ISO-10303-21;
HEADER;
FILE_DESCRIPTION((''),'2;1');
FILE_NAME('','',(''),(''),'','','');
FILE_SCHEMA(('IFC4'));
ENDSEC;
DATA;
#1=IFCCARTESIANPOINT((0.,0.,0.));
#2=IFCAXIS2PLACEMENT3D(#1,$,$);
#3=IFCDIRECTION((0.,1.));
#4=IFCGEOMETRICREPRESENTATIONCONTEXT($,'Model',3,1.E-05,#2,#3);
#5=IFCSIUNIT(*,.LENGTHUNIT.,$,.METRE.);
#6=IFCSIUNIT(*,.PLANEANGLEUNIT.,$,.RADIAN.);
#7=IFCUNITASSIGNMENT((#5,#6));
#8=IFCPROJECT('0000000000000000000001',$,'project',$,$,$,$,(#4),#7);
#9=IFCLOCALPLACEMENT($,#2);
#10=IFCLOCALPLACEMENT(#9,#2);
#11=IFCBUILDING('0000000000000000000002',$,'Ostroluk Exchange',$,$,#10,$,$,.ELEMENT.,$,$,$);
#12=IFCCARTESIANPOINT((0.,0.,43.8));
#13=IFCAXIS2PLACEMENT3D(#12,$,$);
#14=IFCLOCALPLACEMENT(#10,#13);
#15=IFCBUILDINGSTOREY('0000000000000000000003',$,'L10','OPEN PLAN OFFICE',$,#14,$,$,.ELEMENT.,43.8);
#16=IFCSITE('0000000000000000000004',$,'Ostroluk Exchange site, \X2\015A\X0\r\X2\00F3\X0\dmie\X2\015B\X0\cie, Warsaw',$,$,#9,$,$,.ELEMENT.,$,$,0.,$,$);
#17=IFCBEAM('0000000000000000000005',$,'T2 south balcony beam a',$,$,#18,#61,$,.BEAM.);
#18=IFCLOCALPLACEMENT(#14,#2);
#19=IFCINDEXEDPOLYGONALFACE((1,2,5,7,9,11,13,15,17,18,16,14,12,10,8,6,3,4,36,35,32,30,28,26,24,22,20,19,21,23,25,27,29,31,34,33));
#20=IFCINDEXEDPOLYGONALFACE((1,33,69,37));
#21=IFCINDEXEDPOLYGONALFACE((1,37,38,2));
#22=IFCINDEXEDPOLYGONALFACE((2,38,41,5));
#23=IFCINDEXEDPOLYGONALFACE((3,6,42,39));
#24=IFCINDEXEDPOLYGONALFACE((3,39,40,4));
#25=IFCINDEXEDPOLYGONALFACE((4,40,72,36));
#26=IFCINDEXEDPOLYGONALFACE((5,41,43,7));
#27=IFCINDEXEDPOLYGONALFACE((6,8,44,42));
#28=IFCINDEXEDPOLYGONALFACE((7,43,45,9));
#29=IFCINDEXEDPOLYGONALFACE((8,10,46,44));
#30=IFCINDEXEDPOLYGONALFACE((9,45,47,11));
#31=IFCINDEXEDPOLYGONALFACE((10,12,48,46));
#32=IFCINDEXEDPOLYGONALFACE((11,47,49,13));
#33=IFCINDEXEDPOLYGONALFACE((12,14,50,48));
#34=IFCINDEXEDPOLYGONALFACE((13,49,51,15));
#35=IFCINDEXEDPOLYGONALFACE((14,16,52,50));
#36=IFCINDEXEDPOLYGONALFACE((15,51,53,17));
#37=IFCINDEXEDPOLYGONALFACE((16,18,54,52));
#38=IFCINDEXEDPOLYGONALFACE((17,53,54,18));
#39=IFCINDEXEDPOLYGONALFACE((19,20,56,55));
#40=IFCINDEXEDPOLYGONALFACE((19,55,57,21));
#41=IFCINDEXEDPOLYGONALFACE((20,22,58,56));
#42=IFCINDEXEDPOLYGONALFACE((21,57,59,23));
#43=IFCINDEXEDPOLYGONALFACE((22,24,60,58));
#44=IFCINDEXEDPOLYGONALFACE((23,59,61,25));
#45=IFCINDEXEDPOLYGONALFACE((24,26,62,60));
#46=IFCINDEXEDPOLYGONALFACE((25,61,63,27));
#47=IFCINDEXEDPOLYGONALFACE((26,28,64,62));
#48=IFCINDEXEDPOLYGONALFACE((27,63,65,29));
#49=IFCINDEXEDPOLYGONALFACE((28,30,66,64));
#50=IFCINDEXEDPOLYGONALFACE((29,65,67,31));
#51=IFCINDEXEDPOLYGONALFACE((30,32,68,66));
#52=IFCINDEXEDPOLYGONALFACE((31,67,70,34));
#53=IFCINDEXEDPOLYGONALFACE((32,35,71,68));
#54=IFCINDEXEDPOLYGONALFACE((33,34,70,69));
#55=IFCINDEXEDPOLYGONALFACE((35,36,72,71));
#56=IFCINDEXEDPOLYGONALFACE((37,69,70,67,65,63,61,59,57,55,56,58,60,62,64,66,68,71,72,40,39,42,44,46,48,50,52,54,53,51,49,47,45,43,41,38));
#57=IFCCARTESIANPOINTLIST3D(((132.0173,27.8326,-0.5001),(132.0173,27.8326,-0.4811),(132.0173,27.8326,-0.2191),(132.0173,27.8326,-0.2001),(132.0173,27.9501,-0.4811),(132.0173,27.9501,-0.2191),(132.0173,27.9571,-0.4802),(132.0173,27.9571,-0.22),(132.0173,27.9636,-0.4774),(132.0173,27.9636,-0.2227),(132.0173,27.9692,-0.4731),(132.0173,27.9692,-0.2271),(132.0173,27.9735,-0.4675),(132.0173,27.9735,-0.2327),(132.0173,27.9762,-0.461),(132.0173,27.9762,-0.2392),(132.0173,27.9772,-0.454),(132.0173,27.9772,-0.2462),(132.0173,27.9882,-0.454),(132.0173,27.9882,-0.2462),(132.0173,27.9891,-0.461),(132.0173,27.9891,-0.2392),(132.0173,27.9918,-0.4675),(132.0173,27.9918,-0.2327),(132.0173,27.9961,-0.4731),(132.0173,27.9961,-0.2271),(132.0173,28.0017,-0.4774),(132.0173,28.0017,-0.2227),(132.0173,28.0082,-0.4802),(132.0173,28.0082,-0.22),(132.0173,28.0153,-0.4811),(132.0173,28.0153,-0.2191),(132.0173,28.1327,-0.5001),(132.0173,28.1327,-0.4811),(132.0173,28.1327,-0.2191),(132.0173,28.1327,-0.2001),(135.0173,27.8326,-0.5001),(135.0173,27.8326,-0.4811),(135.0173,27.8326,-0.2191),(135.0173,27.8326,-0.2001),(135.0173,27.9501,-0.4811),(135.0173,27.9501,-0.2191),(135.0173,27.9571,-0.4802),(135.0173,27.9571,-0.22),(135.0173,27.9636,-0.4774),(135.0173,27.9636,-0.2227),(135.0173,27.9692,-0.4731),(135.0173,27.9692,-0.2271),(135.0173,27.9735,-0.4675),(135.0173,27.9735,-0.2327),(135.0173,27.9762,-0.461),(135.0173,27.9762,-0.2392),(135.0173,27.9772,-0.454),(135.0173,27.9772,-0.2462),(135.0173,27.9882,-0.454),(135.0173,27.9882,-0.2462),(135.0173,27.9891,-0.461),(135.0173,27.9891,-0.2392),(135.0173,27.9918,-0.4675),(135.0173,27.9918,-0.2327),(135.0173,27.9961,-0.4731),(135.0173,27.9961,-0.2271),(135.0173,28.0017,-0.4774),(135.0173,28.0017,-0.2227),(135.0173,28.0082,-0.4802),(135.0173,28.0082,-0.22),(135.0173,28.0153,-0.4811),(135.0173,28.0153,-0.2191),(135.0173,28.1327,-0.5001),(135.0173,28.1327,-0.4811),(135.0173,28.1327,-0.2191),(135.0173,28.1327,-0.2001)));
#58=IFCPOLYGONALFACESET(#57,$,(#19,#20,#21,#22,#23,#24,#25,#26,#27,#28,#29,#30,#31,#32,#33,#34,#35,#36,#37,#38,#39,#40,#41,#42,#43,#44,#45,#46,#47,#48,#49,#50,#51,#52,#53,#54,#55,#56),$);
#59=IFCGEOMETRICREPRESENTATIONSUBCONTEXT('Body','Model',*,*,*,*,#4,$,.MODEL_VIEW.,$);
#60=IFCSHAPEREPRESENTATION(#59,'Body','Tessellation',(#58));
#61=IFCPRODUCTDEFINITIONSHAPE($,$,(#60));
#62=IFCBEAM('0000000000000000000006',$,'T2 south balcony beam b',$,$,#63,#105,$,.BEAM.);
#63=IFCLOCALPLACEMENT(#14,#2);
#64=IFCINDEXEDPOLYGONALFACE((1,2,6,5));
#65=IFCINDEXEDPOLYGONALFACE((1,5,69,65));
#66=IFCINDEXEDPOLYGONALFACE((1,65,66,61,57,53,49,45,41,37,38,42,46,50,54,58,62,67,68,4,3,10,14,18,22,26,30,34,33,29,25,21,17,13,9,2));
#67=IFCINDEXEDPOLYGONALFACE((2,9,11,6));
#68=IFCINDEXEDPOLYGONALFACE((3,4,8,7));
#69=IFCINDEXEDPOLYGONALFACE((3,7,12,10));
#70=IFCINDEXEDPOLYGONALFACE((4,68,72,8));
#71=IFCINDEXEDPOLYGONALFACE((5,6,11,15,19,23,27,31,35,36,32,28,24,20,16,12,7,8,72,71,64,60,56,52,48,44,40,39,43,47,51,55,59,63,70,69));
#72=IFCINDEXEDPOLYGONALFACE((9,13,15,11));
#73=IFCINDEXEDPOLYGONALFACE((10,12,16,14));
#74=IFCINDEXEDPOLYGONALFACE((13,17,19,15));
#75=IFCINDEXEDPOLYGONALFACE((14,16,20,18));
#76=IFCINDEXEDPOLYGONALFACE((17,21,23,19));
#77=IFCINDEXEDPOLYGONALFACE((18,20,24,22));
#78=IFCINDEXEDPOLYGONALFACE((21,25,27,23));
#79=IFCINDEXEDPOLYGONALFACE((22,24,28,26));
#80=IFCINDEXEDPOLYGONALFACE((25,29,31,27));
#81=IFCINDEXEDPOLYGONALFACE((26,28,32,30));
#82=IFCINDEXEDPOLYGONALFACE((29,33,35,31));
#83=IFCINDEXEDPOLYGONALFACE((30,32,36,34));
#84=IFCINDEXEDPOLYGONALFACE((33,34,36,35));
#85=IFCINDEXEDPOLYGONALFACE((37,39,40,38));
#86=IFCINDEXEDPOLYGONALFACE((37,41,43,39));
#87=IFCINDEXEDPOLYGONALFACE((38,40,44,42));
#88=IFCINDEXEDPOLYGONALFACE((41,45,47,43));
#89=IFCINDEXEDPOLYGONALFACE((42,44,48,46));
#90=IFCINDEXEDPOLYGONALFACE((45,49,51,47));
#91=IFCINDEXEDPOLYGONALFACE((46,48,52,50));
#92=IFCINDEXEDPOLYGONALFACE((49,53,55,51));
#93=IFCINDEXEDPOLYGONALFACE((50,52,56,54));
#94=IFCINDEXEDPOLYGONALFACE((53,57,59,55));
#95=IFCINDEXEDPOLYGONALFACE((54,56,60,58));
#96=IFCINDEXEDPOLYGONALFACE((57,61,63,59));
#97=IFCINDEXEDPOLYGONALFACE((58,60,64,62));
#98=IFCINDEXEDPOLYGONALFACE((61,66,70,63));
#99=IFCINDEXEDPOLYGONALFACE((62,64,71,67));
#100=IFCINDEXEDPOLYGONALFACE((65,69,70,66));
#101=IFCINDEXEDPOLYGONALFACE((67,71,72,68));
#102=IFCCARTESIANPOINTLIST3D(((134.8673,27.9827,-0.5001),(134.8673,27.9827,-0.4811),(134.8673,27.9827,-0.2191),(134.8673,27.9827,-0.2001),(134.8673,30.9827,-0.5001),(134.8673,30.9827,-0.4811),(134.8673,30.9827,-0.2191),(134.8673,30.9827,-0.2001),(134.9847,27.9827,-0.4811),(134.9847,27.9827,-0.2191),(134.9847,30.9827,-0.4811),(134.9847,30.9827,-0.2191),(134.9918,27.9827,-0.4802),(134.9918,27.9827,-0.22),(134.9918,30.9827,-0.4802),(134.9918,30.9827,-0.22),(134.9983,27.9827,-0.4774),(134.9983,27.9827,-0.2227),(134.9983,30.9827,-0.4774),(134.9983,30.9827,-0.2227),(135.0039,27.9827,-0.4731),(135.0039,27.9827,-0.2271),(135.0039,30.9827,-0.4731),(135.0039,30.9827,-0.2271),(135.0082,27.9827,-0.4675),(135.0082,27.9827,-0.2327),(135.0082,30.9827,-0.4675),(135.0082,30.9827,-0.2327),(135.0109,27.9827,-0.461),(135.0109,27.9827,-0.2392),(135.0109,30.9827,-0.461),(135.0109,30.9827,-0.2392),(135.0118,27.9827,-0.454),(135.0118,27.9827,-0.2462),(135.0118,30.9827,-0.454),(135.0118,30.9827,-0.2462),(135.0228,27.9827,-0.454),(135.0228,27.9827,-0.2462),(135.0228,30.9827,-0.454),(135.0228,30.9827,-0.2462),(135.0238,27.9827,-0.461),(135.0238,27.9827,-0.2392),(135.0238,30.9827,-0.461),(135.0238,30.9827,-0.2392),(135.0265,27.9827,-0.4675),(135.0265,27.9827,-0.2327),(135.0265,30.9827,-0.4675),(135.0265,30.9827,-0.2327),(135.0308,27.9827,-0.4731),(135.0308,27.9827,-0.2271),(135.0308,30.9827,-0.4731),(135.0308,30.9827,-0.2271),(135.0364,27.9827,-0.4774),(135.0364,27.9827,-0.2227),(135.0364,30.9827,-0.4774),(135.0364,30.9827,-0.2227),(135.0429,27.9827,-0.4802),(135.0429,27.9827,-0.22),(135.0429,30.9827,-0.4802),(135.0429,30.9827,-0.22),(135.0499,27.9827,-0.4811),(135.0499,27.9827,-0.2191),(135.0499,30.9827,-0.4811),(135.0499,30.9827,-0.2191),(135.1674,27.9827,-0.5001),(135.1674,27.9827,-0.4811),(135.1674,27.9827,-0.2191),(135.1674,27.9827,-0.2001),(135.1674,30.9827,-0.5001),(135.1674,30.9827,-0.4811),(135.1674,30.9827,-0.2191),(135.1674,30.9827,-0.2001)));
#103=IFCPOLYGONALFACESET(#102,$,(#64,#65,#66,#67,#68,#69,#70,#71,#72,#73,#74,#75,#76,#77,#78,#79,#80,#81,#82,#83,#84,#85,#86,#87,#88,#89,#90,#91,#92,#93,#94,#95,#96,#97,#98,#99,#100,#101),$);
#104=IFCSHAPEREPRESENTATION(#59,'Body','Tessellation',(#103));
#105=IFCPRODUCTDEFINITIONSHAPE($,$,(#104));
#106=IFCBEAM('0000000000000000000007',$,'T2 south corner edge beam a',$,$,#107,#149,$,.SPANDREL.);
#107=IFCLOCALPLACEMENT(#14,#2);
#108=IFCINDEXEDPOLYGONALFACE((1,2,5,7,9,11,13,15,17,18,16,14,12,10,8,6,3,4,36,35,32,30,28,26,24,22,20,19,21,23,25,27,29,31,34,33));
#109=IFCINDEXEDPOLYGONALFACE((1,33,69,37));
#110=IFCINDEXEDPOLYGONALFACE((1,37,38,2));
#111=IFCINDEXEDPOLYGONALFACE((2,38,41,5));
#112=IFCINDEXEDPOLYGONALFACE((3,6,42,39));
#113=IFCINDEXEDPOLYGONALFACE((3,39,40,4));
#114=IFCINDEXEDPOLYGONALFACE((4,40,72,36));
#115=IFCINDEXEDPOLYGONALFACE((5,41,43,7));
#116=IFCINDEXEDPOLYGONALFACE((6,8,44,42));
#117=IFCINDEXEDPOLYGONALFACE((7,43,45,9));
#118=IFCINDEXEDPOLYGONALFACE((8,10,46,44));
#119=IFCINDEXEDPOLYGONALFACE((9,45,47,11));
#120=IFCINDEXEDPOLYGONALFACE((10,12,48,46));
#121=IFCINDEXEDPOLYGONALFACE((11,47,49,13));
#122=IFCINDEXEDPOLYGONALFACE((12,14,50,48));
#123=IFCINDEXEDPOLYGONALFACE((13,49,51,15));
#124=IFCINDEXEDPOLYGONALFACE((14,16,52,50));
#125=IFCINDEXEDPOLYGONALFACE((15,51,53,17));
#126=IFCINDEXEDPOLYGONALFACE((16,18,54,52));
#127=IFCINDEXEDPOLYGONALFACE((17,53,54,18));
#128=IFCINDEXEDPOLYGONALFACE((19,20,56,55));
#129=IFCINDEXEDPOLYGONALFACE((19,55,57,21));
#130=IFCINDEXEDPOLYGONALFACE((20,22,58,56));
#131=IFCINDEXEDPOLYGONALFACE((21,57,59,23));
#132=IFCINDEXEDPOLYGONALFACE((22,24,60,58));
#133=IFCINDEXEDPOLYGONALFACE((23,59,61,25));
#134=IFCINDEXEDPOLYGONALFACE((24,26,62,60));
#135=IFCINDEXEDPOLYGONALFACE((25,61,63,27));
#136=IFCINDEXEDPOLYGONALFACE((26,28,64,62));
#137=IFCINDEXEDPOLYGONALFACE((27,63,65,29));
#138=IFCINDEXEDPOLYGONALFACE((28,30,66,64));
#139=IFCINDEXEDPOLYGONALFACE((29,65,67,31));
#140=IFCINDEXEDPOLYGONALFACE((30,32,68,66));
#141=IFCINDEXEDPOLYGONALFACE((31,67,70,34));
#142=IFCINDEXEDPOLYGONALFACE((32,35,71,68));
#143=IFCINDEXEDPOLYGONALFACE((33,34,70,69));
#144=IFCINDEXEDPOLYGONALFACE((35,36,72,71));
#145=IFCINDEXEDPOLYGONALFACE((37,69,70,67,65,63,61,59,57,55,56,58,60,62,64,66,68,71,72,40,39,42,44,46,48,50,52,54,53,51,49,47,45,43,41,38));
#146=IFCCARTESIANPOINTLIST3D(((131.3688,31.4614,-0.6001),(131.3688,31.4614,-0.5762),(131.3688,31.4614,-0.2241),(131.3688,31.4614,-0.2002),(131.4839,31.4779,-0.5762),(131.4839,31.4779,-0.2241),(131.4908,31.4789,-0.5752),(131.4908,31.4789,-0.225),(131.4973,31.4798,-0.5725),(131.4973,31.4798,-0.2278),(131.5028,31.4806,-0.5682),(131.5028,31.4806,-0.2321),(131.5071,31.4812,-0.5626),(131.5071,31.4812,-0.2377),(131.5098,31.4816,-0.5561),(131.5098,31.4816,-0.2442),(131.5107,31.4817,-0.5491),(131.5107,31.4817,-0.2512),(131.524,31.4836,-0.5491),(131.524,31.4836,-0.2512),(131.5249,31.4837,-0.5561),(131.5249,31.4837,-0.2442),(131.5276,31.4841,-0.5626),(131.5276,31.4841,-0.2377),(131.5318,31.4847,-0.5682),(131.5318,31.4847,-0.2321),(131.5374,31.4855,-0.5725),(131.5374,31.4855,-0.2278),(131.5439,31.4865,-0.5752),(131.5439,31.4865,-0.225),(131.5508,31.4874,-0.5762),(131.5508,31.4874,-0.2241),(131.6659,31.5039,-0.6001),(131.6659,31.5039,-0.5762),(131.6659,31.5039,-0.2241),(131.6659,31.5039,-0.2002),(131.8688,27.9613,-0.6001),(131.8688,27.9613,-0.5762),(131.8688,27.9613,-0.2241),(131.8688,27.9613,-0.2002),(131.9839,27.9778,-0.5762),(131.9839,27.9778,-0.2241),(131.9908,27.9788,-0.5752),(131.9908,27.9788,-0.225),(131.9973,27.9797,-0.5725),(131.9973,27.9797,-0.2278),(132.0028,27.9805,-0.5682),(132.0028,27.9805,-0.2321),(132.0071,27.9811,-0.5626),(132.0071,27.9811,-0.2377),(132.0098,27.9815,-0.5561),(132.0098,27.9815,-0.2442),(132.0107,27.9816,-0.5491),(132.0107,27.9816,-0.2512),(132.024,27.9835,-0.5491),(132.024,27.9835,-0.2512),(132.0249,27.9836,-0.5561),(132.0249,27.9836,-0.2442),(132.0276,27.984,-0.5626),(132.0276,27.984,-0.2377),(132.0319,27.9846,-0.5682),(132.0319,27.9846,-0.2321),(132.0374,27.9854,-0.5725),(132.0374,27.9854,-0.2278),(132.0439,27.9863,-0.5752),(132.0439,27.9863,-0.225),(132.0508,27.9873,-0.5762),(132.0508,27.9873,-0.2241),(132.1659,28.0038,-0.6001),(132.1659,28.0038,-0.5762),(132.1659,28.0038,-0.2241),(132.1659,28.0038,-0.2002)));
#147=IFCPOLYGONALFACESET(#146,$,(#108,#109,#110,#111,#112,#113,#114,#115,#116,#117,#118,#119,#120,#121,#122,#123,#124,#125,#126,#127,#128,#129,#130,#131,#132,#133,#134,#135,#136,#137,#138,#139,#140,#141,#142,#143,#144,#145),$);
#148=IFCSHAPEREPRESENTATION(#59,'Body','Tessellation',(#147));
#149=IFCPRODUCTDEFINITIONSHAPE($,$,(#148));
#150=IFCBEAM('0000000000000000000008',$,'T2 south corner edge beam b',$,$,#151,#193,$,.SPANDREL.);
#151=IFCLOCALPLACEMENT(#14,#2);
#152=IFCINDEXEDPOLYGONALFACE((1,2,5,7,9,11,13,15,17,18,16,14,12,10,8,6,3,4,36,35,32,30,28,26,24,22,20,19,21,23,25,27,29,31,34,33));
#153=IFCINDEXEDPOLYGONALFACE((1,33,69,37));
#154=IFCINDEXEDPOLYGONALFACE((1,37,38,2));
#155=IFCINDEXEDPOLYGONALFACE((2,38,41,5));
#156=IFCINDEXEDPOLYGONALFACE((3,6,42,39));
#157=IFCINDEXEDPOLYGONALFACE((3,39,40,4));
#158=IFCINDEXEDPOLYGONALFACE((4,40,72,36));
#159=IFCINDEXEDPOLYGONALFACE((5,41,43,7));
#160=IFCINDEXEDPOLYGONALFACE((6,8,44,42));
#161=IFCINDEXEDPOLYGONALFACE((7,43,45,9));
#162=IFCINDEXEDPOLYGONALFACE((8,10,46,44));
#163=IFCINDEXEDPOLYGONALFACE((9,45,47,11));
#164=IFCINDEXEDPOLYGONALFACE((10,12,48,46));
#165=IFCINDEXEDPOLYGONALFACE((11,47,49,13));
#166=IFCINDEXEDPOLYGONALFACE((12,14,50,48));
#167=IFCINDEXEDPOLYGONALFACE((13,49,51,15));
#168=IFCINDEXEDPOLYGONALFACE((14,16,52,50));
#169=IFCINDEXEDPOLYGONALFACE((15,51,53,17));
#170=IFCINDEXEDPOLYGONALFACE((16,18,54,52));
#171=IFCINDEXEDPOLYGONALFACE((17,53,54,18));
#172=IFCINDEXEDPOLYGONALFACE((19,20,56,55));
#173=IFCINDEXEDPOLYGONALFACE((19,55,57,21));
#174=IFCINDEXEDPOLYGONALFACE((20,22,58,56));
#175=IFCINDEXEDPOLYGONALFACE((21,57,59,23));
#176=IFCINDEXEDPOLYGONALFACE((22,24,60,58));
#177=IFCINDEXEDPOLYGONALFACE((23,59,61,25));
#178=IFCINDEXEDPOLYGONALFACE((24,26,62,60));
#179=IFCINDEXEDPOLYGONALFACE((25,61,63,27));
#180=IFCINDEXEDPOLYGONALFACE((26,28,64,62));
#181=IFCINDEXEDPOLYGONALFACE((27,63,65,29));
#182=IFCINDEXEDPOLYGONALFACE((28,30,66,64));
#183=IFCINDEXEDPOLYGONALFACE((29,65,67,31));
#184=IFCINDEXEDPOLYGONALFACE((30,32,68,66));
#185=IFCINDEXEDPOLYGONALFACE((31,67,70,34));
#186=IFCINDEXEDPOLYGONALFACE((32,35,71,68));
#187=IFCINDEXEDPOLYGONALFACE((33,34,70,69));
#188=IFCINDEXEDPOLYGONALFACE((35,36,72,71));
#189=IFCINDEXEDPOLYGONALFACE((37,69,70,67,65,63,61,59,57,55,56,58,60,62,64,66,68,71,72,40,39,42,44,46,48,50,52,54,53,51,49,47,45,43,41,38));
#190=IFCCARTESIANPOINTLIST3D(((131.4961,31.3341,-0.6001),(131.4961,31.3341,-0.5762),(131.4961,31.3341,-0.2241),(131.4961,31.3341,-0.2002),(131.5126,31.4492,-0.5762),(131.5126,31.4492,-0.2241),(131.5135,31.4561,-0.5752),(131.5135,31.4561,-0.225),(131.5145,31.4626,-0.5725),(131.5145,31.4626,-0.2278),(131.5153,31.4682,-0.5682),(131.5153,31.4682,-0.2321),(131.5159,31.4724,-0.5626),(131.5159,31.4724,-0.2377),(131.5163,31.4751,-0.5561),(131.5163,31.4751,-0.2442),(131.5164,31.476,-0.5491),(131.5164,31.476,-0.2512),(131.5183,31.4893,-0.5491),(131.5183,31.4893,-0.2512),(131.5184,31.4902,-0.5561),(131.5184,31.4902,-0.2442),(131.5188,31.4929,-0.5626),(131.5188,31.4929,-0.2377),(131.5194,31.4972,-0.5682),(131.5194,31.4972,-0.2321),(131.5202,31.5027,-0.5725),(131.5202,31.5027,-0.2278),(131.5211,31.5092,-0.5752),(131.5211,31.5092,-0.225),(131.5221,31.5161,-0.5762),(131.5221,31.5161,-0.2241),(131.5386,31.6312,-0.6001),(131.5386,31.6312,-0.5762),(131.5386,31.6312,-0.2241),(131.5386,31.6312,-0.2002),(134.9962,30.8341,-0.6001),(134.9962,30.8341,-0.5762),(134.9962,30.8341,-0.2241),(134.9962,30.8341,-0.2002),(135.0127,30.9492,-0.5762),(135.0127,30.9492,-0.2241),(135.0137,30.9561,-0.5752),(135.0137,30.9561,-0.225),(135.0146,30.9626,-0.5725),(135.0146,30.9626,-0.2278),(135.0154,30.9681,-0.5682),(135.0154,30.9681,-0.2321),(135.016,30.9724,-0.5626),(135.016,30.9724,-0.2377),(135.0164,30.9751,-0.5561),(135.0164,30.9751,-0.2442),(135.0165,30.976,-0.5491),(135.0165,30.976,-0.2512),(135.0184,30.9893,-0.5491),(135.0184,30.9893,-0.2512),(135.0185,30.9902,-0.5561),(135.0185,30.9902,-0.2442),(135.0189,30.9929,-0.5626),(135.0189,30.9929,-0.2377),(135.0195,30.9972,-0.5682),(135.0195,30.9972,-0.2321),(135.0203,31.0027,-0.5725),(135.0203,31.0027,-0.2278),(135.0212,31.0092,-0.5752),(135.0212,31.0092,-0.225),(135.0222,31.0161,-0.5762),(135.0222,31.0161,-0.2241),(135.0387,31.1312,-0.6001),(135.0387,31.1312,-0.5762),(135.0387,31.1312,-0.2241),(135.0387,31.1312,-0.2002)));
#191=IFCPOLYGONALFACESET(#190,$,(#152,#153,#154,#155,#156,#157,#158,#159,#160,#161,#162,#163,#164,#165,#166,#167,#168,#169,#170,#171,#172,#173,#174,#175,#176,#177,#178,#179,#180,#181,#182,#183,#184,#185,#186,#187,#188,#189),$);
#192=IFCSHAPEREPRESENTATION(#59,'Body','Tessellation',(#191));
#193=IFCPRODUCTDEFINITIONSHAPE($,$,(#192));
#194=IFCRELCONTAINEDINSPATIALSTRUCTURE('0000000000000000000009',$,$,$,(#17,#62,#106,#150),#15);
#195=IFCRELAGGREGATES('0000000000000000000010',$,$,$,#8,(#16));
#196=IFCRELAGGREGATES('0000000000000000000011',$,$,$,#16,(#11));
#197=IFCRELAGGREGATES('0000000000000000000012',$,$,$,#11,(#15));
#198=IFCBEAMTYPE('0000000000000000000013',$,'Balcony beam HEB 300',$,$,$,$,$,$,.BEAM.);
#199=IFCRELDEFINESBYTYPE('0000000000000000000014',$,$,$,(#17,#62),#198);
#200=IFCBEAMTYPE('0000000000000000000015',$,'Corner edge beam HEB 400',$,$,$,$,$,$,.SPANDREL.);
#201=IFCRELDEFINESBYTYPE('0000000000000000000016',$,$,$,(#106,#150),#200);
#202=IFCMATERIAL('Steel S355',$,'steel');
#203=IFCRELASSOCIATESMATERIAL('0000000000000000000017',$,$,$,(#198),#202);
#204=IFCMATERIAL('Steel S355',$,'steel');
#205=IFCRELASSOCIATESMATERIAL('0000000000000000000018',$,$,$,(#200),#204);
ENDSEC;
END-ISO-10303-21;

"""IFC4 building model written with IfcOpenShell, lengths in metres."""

from ifc_helpers import new_model, si_unit, direction, frame, origin, origin_2d, place, context, subcontext, project, spatial, i_section, extrude, material, material_profile, profile_set, type_object, element, save


model = new_model("IFC4")

# Units and contexts
model_context = context("Model", 3, precision=1e-05, world=origin(), true_north=direction((0.0, 1.0)))
body_context = subcontext(model_context, "Body", "Model", "MODEL_VIEW")
ifc_project = project(units=[si_unit("LENGTHUNIT", "METRE"), si_unit("PLANEANGLEUNIT", "RADIAN")], contexts=[model_context])

# Site, building, storey
site_placement = place(None, origin())
site = spatial("IfcSite", under=ifc_project, at=site_placement, Name="Ostroluk Exchange site, Śródmieście, Warsaw", CompositionType="ELEMENT", RefElevation=0.0)
building_placement = place(site_placement, origin())
building = spatial("IfcBuilding", under=site, at=building_placement, Name="Ostroluk Exchange", CompositionType="ELEMENT")
storey_placement = place(building_placement, frame((0.0, 0.0, 43.8)))
storey = spatial("IfcBuildingStorey", under=building, at=storey_placement, Name="L10", Description="OPEN PLAN OFFICE", CompositionType="ELEMENT", Elevation=43.8)

# Beams
ifc_material_1 = material(Name="Steel S355", Category="steel")
ifc_material_profile_1 = material_profile(ifc_material_1, i_section(OverallWidth=0.3, OverallDepth=0.3, WebThickness=0.011, FlangeThickness=0.019, FilletRadius=0.0271, at=origin_2d()), Name="HEB 300")
ifc_profile_set_1 = profile_set([ifc_material_profile_1], Name="Steel S355")
beam_type_1 = type_object("IfcBeamType", Name="Balcony beam HEB 300", PredefinedType="BEAM", material=ifc_profile_set_1)
for number, where, z_axis, x_axis, name in (
    (1, (132.0173, 27.9827, -0.3501), (1.0, 0.0, 0.0), (0.0, 1.0, 0.0), "T2 south balcony beam a"),
    (2, (135.0173, 30.9827, -0.3501), (0.0, -1.0, 0.0), (1.0, 0.0, 0.0), "T2 south balcony beam b"),
):
    element("IfcBeam", number, at=place(storey_placement, frame(where, z_axis=z_axis, x_axis=x_axis)), inside=storey, type_object=beam_type_1, Name=name, PredefinedType="BEAM", context=body_context, shape_type="SweptSolid", body=[
        extrude(i_section(OverallWidth=0.3, OverallDepth=0.3, WebThickness=0.011, FlangeThickness=0.019, FilletRadius=0.0271, at=origin_2d()), origin(), (0.0, 0.0, 1.0), 3.0),
    ])
ifc_material_2 = material(Name="Steel S355", Category="steel")
ifc_material_profile_2 = material_profile(ifc_material_2, i_section(OverallWidth=0.3, OverallDepth=0.3999, WebThickness=0.0134, FlangeThickness=0.0239, FilletRadius=0.0271, at=origin_2d()), Name="HEB 400")
ifc_profile_set_2 = profile_set([ifc_material_profile_2], Name="Steel S355")
beam_type_2 = type_object("IfcBeamType", Name="Corner edge beam HEB 400", PredefinedType="SPANDREL", material=ifc_profile_set_2)
for number, where, z_axis, x_axis, name in (
    (3, (131.5173, 31.4827, -0.4001), (0.141421, -0.989949, 0.0), (0.989949, 0.141421, 0.0), "T2 south corner edge beam a"),
    (4, (131.5173, 31.4827, -0.4001), (0.989949, -0.141421, 0.0), (0.141421, 0.989949, 0.0), "T2 south corner edge beam b"),
):
    element("IfcBeam", number, at=place(storey_placement, frame(where, z_axis=z_axis, x_axis=x_axis)), inside=storey, type_object=beam_type_2, Name=name, PredefinedType="SPANDREL", context=body_context, shape_type="SweptSolid", body=[
        extrude(i_section(OverallWidth=0.3, OverallDepth=0.3999, WebThickness=0.0134, FlangeThickness=0.0239, FilletRadius=0.0271, at=origin_2d()), origin(), (0.0, 0.0, 1.0), 3.5356),
    ])

save(model, "model.ifc")
